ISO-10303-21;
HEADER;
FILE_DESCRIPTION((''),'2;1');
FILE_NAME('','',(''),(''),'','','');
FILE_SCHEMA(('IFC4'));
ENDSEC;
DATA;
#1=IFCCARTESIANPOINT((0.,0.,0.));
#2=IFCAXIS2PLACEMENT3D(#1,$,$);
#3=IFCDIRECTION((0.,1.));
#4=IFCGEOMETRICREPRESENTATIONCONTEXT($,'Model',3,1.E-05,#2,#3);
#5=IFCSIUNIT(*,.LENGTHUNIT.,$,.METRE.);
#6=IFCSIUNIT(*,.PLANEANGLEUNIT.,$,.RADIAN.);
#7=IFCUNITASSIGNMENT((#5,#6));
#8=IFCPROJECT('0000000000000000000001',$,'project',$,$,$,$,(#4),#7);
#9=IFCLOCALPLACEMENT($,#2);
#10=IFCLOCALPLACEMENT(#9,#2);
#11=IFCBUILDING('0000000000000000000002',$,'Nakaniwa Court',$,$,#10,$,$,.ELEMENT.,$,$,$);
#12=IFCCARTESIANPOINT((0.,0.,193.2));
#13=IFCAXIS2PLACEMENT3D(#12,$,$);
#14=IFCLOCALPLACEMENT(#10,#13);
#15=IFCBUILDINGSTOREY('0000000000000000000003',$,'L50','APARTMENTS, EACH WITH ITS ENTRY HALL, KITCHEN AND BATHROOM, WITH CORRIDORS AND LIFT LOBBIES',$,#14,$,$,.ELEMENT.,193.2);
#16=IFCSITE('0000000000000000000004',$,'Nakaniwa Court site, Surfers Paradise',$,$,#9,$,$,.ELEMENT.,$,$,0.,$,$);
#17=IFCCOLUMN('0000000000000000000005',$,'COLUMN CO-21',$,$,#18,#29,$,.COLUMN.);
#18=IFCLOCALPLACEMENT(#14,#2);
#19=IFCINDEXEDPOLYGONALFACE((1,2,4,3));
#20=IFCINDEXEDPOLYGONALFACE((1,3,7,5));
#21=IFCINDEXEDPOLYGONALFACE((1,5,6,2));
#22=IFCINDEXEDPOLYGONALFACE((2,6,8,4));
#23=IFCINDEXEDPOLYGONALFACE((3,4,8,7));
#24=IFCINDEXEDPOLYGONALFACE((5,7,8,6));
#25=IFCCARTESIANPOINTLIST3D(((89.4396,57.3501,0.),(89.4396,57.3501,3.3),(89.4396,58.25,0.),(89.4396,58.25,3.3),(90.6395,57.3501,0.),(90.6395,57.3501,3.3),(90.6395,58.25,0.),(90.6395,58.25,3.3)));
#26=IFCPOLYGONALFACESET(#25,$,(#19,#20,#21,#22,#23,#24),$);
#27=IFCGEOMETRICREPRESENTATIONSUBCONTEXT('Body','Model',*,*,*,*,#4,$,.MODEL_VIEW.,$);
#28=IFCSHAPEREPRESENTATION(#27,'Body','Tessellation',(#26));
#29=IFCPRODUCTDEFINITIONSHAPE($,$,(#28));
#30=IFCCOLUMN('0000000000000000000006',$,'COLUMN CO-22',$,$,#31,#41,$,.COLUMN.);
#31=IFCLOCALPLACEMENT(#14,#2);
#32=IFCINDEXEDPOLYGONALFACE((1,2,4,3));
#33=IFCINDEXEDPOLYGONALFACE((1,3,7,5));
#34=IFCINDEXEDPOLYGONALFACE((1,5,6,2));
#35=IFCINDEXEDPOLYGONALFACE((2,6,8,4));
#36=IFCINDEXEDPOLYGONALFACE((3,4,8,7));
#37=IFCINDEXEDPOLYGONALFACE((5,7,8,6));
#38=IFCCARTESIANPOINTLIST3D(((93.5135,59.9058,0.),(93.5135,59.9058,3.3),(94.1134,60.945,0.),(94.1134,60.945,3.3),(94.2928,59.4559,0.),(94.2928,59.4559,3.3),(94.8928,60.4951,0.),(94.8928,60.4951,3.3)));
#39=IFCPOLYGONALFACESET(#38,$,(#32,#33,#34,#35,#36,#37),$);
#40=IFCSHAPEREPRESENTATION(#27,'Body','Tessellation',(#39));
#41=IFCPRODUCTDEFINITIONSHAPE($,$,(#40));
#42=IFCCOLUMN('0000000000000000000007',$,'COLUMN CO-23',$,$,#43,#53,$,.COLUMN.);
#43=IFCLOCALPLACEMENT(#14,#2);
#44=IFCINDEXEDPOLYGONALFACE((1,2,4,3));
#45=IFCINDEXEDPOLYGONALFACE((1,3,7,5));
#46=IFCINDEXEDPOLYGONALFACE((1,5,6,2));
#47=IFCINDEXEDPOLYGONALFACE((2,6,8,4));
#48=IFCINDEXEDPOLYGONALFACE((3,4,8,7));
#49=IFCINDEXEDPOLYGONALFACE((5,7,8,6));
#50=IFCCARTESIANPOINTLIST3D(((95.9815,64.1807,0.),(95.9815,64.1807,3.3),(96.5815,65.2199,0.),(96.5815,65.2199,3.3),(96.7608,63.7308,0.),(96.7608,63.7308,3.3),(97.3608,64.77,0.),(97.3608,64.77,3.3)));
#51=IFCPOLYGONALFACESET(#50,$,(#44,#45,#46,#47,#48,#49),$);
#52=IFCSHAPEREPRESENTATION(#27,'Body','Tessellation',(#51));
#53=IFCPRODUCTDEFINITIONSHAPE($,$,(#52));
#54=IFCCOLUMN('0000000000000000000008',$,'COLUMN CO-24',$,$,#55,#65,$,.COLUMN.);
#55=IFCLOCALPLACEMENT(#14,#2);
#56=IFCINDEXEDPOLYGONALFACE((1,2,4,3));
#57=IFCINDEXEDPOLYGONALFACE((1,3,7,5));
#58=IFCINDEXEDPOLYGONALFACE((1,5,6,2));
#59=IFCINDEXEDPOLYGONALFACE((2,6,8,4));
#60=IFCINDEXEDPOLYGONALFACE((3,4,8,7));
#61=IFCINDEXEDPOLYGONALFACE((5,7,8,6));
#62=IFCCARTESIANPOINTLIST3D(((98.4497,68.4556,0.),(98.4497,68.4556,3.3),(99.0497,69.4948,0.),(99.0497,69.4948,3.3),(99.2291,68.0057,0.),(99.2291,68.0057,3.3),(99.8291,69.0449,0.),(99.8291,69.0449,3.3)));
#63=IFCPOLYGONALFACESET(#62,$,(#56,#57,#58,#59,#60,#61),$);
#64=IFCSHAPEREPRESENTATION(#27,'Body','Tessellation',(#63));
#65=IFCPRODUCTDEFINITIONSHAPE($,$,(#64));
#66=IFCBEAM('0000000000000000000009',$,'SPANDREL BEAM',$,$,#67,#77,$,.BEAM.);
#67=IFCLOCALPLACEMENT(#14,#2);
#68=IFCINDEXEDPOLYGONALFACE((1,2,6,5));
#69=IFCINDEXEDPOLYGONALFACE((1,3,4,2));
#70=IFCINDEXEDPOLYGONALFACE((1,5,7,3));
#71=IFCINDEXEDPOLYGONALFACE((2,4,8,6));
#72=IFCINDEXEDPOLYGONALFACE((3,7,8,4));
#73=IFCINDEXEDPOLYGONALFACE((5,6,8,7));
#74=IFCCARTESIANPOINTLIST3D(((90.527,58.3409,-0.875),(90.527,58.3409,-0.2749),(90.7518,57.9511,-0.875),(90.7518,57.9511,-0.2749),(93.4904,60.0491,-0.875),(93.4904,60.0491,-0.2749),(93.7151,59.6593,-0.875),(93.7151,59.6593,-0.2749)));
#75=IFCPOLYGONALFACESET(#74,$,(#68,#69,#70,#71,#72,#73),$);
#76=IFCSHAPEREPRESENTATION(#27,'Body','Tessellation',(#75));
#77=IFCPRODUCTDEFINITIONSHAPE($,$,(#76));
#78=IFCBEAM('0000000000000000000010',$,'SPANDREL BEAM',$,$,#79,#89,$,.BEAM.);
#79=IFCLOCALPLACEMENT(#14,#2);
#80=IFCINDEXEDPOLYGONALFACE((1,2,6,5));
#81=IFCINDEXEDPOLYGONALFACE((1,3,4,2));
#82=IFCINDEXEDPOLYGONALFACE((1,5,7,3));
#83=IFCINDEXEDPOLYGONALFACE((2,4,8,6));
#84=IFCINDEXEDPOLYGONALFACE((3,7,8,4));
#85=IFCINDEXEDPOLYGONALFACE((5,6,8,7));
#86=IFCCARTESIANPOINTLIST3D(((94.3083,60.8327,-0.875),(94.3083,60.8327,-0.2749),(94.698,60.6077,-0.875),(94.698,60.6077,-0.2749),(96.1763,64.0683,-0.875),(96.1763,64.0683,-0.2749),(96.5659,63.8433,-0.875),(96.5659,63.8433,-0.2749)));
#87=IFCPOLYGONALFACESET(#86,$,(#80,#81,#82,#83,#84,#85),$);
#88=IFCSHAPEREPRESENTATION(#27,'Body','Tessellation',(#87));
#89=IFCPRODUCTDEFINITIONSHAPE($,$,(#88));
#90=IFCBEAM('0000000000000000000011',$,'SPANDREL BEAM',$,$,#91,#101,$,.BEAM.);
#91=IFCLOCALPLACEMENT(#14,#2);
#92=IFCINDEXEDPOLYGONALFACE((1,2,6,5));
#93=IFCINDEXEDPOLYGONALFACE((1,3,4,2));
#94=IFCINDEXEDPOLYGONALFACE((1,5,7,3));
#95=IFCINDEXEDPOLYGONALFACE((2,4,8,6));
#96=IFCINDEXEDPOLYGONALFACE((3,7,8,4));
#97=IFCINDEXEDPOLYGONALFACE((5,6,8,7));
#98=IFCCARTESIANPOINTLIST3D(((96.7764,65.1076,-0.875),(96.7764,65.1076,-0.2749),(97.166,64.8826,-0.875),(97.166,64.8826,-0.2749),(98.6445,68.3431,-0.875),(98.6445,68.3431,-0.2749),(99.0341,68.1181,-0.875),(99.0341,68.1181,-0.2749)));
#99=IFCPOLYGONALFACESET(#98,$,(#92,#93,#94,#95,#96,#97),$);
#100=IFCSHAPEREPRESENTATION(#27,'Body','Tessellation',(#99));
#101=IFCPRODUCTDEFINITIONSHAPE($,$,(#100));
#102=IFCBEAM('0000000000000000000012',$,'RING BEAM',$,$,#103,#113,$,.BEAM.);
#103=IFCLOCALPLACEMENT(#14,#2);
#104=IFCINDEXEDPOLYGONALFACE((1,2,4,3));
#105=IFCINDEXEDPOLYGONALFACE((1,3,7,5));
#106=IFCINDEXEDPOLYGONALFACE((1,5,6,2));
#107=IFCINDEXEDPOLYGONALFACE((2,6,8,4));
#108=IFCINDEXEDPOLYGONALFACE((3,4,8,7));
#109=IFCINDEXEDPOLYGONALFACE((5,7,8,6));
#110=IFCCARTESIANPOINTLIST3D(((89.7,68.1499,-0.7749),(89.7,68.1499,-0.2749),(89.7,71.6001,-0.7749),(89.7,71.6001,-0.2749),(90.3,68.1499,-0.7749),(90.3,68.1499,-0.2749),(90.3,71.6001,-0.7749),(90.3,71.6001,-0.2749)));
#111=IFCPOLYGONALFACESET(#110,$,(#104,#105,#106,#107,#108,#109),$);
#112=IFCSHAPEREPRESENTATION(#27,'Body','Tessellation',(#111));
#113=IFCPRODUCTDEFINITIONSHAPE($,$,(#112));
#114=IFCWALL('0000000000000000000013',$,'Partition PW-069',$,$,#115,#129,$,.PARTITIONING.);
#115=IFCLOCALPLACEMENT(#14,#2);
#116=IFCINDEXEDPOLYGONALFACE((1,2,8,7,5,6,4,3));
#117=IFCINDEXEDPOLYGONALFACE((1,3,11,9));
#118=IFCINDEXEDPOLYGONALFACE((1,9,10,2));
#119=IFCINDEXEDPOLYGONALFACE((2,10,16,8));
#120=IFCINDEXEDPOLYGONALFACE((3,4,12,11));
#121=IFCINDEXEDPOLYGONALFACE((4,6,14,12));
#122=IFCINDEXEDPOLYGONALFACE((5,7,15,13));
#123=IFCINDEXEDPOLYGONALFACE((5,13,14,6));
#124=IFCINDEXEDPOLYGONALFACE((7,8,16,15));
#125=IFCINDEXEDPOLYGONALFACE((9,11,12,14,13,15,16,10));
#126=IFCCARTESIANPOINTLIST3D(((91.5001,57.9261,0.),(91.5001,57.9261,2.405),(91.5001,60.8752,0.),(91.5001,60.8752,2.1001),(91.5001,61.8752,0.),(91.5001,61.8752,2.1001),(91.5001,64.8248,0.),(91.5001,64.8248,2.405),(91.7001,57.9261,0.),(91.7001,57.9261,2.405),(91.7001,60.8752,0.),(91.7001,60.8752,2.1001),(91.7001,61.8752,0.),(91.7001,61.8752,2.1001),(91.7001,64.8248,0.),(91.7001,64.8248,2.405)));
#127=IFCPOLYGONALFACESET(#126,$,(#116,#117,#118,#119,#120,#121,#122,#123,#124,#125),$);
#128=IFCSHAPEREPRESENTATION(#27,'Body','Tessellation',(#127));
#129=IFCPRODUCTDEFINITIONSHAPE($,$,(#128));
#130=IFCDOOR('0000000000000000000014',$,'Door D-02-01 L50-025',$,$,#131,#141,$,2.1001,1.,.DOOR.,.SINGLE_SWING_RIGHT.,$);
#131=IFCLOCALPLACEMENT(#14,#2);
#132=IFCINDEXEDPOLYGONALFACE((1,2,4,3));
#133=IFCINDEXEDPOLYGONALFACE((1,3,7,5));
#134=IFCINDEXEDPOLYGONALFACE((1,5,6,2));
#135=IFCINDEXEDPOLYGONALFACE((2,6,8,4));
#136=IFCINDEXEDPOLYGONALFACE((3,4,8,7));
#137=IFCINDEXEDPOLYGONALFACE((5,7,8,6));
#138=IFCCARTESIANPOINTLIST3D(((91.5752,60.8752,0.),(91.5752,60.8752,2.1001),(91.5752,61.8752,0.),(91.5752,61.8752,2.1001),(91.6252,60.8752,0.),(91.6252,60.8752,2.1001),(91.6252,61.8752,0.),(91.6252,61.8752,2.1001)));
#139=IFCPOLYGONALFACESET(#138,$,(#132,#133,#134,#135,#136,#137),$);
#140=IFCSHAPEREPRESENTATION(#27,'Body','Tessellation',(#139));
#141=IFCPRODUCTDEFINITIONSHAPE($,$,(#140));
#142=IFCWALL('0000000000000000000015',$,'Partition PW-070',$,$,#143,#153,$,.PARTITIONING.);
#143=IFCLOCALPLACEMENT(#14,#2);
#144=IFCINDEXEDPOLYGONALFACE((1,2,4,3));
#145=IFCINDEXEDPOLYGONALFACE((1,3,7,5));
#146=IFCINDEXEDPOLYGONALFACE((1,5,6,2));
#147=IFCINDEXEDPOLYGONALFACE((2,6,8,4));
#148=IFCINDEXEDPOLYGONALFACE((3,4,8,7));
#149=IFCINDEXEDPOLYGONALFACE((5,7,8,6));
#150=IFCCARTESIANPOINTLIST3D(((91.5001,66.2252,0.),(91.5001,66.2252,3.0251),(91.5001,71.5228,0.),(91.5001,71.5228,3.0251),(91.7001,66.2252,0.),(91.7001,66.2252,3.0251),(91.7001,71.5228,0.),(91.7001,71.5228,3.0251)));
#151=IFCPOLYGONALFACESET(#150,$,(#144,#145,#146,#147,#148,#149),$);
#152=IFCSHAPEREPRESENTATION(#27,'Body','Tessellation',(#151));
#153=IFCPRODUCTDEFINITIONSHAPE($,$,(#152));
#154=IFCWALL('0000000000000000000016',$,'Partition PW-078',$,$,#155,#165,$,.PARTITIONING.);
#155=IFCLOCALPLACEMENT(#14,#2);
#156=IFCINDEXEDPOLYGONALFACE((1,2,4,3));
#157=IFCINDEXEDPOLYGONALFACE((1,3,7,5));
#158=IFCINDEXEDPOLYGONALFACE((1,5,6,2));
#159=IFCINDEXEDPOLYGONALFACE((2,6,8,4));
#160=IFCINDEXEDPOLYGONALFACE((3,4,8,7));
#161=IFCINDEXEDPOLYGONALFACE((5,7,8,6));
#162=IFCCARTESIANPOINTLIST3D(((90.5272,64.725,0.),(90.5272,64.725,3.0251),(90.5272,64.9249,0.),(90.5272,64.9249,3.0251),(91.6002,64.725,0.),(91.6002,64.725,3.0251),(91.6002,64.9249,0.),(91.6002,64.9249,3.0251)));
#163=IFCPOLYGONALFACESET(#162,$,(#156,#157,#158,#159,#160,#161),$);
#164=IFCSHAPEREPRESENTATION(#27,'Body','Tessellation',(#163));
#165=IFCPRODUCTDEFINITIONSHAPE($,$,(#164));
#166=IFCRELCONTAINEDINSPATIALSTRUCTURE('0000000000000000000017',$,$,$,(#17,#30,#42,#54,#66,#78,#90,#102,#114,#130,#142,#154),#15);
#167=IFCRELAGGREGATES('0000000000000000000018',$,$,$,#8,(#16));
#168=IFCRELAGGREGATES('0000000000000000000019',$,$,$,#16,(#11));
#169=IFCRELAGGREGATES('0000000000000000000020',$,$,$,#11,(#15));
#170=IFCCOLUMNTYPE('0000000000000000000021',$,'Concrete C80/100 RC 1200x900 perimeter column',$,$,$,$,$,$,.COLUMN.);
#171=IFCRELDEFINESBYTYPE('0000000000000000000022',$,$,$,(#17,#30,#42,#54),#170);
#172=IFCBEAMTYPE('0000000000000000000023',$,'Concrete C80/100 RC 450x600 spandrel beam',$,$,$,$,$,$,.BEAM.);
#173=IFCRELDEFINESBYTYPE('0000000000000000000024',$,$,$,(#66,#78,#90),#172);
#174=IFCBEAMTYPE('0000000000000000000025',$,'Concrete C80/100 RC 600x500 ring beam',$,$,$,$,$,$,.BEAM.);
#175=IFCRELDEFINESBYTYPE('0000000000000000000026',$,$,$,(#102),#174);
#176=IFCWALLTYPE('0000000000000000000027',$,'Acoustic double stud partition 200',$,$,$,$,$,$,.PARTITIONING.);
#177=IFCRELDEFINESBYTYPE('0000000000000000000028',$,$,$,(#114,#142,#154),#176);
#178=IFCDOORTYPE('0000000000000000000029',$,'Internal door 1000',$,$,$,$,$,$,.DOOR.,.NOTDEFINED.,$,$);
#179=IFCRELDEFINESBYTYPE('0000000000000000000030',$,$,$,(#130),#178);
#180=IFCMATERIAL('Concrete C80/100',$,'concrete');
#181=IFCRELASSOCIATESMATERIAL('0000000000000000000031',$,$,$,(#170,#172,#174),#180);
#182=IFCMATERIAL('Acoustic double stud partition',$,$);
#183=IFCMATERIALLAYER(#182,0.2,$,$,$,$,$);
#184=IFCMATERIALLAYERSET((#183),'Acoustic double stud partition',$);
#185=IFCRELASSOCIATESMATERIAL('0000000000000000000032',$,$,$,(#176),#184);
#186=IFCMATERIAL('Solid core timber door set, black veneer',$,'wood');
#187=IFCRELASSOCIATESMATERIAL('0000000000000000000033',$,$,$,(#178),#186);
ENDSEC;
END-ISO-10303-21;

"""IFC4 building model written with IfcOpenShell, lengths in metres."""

from ifc_helpers import new_model, si_unit, direction, frame, frame_2d, origin, origin_2d, place, context, subcontext, project, spatial, rectangle, extrude, material, layer, layer_set, material_profile, profile_set, type_object, element, fill, save


model = new_model("IFC4")

# Units and contexts
model_context = context("Model", 3, precision=1e-05, world=origin(), true_north=direction((0.0, 1.0)))
body_context = subcontext(model_context, "Body", "Model", "MODEL_VIEW")
ifc_project = project(units=[si_unit("LENGTHUNIT", "METRE"), si_unit("PLANEANGLEUNIT", "RADIAN")], contexts=[model_context])

# Site, building, storey
site_placement = place(None, origin())
site = spatial("IfcSite", under=ifc_project, at=site_placement, Name="Nakaniwa Court site, Surfers Paradise", CompositionType="ELEMENT", RefElevation=0.0)
building_placement = place(site_placement, origin())
building = spatial("IfcBuilding", under=site, at=building_placement, Name="Nakaniwa Court", CompositionType="ELEMENT")
storey_placement = place(building_placement, frame((0.0, 0.0, 193.2)))
storey = spatial("IfcBuildingStorey", under=building, at=storey_placement, Name="L50", Description="APARTMENTS, EACH WITH ITS ENTRY HALL, KITCHEN AND BATHROOM, WITH CORRIDORS AND LIFT LOBBIES", CompositionType="ELEMENT", Elevation=193.2)

# Columns
ifc_material_1 = material(Name="Concrete C80/100", Category="concrete")
ifc_material_profile_1 = material_profile(ifc_material_1, rectangle(XDim=1.2, YDim=0.8999, at=origin_2d()), Name="Concrete C80/100 RC 1200x900 perimeter column")
ifc_profile_set_1 = profile_set([ifc_material_profile_1], Name="Concrete C80/100")
column_type = type_object("IfcColumnType", Name="Concrete C80/100 RC 1200x900 perimeter column", PredefinedType="COLUMN", material=ifc_profile_set_1)
for number, where, z_axis, x_axis, name in (
    (1, (90.0396, 57.8, 0.0), (0.0, 0.0, 1.0), (1.0, 0.0, 0.0), "COLUMN CO-21"),
    (2, (94.2031, 60.2004, 0.0), (0.0, 0.0, 1.0), (0.5, 0.866025, 0.0), "COLUMN CO-22"),
    (3, (96.6711, 64.4753, 0.0), (0.0, 0.0, 1.0), (0.5, 0.866025, 0.0), "COLUMN CO-23"),
    (4, (99.1394, 68.7502, 0.0), (0.0, 0.0, 1.0), (0.5, 0.866025, 0.0), "COLUMN CO-24"),
):
    element("IfcColumn", number, at=place(storey_placement, frame(where, z_axis=z_axis, x_axis=x_axis)), inside=storey, type_object=column_type, Name=name, PredefinedType="COLUMN", context=body_context, shape_type="SweptSolid", body=[
        extrude(rectangle(XDim=1.2, YDim=0.8999, at=origin_2d()), origin(), (0.0, 0.0, 1.0), 3.3),
    ])

# Beams
ifc_material_profile_2 = material_profile(ifc_material_1, rectangle(XDim=0.45, YDim=0.6001, at=origin_2d()), Name="Concrete C80/100 RC 450x600 spandrel beam")
ifc_profile_set_2 = profile_set([ifc_material_profile_2], Name="Concrete C80/100")
beam_type_1 = type_object("IfcBeamType", Name="Concrete C80/100 RC 450x600 spandrel beam", PredefinedType="BEAM", material=ifc_profile_set_2)
beam_1_placement = place(storey_placement, frame((90.6394, 58.146, -0.575), z_axis=(0.866361, 0.499418, 0.0), x_axis=(-0.499418, 0.866361, 0.0)))
element("IfcBeam", 5, at=beam_1_placement, inside=storey, type_object=beam_type_1, Name="SPANDREL BEAM", PredefinedType="BEAM", context=body_context, shape_type="SweptSolid", body=[
    extrude(rectangle(XDim=0.45, YDim=0.6001, at=origin_2d()), origin(), (0.0, 0.0, 1.0), 3.4204),
])
for number, where, z_axis, x_axis, name in (
    (6, (94.5032, 60.7202, -0.575), (0.499969, 0.866043, 0.0), (-0.866043, 0.499969, 0.0), "SPANDREL BEAM"),
    (7, (96.9712, 64.9951, -0.575), (0.500018, 0.866015, 0.0), (-0.866015, 0.500018, 0.0), "SPANDREL BEAM"),
):
    element("IfcBeam", number, at=place(storey_placement, frame(where, z_axis=z_axis, x_axis=x_axis)), inside=storey, type_object=beam_type_1, Name=name, PredefinedType="BEAM", context=body_context, shape_type="SweptSolid", body=[
        extrude(rectangle(XDim=0.45, YDim=0.6001, at=origin_2d()), origin(), (0.0, 0.0, 1.0), 3.7361),
    ])
ifc_material_profile_3 = material_profile(ifc_material_1, rectangle(XDim=0.6001, YDim=0.5, at=origin_2d()), Name="Concrete C80/100 RC 600x500 ring beam")
ifc_profile_set_3 = profile_set([ifc_material_profile_3], Name="Concrete C80/100")
beam_type_2 = type_object("IfcBeamType", Name="Concrete C80/100 RC 600x500 ring beam", PredefinedType="BEAM", material=ifc_profile_set_3)
beam_2_placement = place(storey_placement, frame((90.0, 68.1499, -0.5249), z_axis=(0.0, 1.0, 0.0), x_axis=(-1.0, 0.0, 0.0)))
element("IfcBeam", 8, at=beam_2_placement, inside=storey, type_object=beam_type_2, Name="RING BEAM", PredefinedType="BEAM", context=body_context, shape_type="SweptSolid", body=[
    extrude(rectangle(XDim=0.6001, YDim=0.5, at=origin_2d()), origin(), (0.0, 0.0, 1.0), 3.4502),
])

# Wall, opening, door
ifc_material_2 = material(Name="Acoustic double stud partition")
ifc_layer_1 = layer(ifc_material_2, 0.2)
ifc_layer_set_1 = layer_set([ifc_layer_1], Name="Acoustic double stud partition")
wall_type_1 = type_object("IfcWallType", Name="Acoustic double stud partition 200", PredefinedType="PARTITIONING", material=ifc_layer_set_1)
wall_1_placement = place(storey_placement, frame((91.6001, 57.9263, 0.0), z_axis=(0.0, 0.0, 1.0), x_axis=(0.0, 1.0, 0.0)))
wall_1 = element("IfcWall", 9, at=wall_1_placement, inside=storey, type_object=wall_type_1, Name="Partition PW-069", PredefinedType="PARTITIONING", context=body_context, shape_type="SweptSolid", body=[
    extrude(rectangle(XDim=6.8987, YDim=0.2, at=frame_2d((3.4492, 0.0))), origin(), (0.0, 0.0, 1.0), 2.405),
])
opening_1_placement = place(wall_1_placement, frame((2.949, 0.0, 0.0)))
opening_1 = element("IfcOpeningElement", 10, at=opening_1_placement, cuts=wall_1, PredefinedType="OPENING", context=body_context, shape_type="SweptSolid", body=[
    extrude(rectangle(XDim=1.0, YDim=2.1001, at=frame_2d((0.5, 1.05))), frame((0.0, 0.1099, 0.0), z_axis=(0.0, -1.0, 0.0), x_axis=(1.0, 0.0, 0.0)), (0.0, 0.0, 1.0), 0.22),
])
ifc_material_3 = material(Name="Solid core timber door set, black veneer", Category="wood")
door_type_1 = type_object("IfcDoorType", Name="Internal door 1000", OperationType="NOTDEFINED", PredefinedType="DOOR", material=ifc_material_3)
door_1_placement = place(opening_1_placement, origin())
door_1 = element("IfcDoor", 11, at=door_1_placement, inside=storey, type_object=door_type_1, Name="Door D-02-01 L50-025", OperationType="SINGLE_SWING_RIGHT", OverallHeight=2.1001, OverallWidth=1.0, PredefinedType="DOOR", context=body_context, shape_type="SweptSolid", body=[
    extrude(rectangle(XDim=1.0, YDim=2.1001, at=frame_2d((0.5, 1.05))), frame((0.0, 0.0249, 0.0), z_axis=(0.0, -1.0, 0.0), x_axis=(1.0, 0.0, 0.0)), (0.0, 0.0, 1.0), 0.05),
])
fill(opening_1, door_1)

# Walls
wall_2_placement = place(storey_placement, frame((91.6001, 66.2251, 0.0), z_axis=(0.0, 0.0, 1.0), x_axis=(0.0, 1.0, 0.0)))
element("IfcWall", 12, at=wall_2_placement, inside=storey, type_object=wall_type_1, Name="Partition PW-070", PredefinedType="PARTITIONING", context=body_context, shape_type="SweptSolid", body=[
    extrude(rectangle(XDim=5.2976, YDim=0.2, at=frame_2d((2.6489, 0.0))), origin(), (0.0, 0.0, 1.0), 3.0251),
])
wall_3_placement = place(storey_placement, frame((90.5271, 64.825, 0.0), z_axis=(0.0, 0.0, 1.0), x_axis=(1.0, 0.0, 0.0)))
element("IfcWall", 13, at=wall_3_placement, inside=storey, type_object=wall_type_1, Name="Partition PW-078", PredefinedType="PARTITIONING", context=body_context, shape_type="SweptSolid", body=[
    extrude(rectangle(XDim=1.073, YDim=0.2, at=frame_2d((0.5366, 0.0))), origin(), (0.0, 0.0, 1.0), 3.0251),
])

save(model, "model.ifc")
